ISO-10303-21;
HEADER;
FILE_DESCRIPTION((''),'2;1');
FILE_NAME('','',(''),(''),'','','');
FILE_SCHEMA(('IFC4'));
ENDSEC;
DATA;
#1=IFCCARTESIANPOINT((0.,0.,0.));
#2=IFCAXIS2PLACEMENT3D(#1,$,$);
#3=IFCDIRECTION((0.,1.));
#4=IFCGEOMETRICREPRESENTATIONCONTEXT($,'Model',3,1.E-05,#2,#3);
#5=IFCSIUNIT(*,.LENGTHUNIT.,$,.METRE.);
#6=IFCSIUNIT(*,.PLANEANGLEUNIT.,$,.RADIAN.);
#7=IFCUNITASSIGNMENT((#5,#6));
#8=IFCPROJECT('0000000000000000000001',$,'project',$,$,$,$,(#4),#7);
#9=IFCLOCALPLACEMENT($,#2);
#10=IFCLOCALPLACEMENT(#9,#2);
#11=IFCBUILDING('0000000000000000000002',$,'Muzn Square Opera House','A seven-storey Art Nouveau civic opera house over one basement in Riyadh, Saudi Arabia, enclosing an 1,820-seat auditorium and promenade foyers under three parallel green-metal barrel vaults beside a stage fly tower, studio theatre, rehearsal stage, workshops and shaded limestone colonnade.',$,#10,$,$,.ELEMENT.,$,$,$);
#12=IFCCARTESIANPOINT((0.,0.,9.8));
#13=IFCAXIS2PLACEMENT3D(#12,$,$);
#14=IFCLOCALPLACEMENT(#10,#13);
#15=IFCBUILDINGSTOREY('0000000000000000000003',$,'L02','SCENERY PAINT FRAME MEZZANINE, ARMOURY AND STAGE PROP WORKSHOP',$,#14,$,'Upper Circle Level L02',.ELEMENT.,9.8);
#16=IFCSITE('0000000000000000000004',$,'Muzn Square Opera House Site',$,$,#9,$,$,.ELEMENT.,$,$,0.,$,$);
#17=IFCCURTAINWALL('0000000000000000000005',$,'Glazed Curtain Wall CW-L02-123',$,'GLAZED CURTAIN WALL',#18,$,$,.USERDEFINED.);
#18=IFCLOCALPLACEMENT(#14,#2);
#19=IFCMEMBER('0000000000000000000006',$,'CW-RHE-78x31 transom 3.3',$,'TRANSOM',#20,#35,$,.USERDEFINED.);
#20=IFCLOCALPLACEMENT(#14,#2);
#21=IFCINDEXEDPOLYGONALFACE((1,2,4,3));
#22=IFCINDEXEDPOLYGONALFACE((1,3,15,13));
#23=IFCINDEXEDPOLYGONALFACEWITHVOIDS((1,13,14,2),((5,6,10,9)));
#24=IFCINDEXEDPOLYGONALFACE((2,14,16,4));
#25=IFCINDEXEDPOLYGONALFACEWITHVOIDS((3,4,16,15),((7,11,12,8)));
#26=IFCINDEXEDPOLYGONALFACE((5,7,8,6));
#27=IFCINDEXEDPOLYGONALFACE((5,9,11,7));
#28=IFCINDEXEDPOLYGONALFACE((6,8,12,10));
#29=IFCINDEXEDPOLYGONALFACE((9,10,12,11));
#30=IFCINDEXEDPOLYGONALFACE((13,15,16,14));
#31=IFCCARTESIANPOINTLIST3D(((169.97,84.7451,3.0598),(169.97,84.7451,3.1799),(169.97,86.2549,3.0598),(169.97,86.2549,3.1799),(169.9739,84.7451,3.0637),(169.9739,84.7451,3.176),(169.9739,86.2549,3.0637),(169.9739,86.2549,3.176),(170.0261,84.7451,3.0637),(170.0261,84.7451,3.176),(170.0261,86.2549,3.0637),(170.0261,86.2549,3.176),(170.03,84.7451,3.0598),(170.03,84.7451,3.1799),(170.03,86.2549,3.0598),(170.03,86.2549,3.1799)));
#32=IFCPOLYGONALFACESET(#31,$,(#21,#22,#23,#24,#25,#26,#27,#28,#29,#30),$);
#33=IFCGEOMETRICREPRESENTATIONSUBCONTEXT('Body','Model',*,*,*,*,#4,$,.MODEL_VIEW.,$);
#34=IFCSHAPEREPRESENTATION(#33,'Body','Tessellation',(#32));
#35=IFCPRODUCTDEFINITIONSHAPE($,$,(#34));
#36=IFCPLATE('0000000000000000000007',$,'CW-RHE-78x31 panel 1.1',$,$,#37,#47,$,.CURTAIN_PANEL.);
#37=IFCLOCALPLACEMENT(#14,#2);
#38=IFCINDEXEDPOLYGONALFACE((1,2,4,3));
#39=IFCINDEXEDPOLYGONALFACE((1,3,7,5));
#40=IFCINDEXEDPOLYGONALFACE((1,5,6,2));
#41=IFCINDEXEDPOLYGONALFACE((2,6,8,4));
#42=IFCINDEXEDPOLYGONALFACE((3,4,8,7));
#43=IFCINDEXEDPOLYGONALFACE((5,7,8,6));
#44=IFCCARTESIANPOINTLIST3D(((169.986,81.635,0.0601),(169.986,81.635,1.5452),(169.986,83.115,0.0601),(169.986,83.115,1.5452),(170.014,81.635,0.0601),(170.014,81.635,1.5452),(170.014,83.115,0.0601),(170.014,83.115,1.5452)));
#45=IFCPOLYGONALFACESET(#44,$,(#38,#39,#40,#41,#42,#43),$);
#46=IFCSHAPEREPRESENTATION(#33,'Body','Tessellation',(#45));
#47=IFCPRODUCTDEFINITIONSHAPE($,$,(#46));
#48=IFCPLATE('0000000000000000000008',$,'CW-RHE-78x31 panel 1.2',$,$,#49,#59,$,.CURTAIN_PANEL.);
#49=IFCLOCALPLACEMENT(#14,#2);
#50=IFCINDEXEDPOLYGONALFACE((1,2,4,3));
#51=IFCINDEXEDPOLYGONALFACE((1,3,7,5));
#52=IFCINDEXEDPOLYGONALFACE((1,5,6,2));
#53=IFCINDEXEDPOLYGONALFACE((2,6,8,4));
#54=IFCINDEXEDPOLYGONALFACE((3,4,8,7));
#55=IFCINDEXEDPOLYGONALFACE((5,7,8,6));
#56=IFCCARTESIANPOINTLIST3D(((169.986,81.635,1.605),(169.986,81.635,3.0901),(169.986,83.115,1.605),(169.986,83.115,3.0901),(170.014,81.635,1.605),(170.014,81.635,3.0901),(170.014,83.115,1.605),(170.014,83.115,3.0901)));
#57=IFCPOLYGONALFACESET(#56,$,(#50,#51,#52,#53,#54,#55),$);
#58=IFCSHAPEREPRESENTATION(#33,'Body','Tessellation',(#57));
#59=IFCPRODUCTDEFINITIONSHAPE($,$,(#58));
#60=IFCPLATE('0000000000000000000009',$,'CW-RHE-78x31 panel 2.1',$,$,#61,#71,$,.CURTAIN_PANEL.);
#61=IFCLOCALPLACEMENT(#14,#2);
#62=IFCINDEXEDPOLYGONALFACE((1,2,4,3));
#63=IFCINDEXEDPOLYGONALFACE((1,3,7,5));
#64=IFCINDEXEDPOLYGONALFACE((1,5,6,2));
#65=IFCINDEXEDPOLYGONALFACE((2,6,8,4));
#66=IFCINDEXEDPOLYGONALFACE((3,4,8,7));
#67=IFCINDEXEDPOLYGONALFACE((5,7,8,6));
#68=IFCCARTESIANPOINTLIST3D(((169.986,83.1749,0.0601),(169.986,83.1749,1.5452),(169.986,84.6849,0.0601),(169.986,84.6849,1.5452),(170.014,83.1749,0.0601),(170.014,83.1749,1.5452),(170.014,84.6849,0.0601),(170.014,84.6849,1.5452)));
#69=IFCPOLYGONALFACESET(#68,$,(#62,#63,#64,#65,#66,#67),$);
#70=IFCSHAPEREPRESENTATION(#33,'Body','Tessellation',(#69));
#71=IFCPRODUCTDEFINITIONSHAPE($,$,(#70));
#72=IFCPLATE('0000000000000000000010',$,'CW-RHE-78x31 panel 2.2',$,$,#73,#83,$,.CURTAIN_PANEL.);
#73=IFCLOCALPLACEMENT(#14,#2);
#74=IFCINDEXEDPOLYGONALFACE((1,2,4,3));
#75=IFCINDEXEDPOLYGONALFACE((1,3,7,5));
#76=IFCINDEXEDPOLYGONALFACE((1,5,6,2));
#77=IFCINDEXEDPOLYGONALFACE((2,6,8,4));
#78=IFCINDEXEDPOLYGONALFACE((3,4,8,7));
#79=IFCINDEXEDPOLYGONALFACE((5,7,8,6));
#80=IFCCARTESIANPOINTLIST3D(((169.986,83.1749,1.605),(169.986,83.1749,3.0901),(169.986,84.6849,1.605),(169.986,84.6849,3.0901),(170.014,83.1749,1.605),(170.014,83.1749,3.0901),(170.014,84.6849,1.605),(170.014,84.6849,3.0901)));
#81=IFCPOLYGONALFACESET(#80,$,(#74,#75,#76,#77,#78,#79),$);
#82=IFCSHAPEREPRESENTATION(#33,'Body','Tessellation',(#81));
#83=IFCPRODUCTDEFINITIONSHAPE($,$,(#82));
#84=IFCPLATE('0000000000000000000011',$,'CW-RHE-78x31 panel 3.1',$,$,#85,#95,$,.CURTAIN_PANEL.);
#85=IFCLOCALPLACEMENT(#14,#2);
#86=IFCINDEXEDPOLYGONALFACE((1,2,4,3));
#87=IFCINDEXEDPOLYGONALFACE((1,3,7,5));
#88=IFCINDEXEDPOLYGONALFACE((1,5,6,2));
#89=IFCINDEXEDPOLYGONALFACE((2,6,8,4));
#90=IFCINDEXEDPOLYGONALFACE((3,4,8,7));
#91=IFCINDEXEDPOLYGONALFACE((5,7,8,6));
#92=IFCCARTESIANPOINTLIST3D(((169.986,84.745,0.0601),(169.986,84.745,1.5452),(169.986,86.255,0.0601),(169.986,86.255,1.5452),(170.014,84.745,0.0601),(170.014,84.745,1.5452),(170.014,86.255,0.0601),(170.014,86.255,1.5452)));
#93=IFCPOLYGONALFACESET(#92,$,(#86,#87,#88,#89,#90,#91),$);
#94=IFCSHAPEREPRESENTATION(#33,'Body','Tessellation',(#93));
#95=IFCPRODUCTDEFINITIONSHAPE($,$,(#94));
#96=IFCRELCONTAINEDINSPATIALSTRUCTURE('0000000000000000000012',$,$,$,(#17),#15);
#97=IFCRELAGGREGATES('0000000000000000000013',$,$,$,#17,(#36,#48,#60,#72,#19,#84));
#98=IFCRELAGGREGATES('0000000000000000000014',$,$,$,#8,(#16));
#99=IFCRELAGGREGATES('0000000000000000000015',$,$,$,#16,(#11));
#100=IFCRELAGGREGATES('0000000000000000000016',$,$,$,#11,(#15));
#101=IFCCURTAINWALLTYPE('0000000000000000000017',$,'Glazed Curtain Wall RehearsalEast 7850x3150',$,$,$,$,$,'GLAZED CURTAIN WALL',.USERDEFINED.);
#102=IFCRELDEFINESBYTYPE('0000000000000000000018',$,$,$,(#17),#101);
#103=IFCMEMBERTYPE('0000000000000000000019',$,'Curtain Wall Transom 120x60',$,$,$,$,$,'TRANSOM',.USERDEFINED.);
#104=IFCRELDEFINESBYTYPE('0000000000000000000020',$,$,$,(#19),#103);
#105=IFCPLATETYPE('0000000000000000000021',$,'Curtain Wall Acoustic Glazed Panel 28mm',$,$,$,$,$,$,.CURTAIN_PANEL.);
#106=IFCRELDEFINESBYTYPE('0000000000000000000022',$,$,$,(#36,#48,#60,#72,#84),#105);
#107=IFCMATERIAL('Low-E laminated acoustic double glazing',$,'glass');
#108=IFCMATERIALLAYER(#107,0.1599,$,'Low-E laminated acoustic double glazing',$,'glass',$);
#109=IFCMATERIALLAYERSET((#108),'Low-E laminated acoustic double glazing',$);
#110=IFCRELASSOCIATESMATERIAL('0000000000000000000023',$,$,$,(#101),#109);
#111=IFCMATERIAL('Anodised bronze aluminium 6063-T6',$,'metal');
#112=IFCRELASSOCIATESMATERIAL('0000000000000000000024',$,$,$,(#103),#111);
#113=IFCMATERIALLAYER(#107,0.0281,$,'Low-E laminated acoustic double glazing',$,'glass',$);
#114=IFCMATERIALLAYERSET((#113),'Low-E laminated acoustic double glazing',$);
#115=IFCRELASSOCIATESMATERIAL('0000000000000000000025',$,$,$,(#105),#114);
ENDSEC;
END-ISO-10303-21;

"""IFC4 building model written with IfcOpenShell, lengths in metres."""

from ifc_helpers import new_model, si_unit, direction, frame, origin, origin_2d, place, context, subcontext, project, spatial, rectangle, hollow_rectangle, extrude, material, layer, layer_set, material_profile, profile_set, type_object, element, aggregate, save


model = new_model("IFC4")

# Units and contexts
model_context = context("Model", 3, precision=1e-05, world=origin(), true_north=direction((0.0, 1.0)))
body_context = subcontext(model_context, "Body", "Model", "MODEL_VIEW")
ifc_project = project(units=[si_unit("LENGTHUNIT", "METRE"), si_unit("PLANEANGLEUNIT", "RADIAN")], contexts=[model_context])

# Site, building, storey
site_placement = place(None, origin())
site = spatial("IfcSite", under=ifc_project, at=site_placement, Name="Muzn Square Opera House Site", CompositionType="ELEMENT", RefElevation=0.0)
building_placement = place(site_placement, origin())
building = spatial("IfcBuilding", under=site, at=building_placement, Name="Muzn Square Opera House", Description="A seven-storey Art Nouveau civic opera house over one basement in Riyadh, Saudi Arabia, enclosing an 1,820-seat auditorium and promenade foyers under three parallel green-metal barrel vaults beside a stage fly tower, studio theatre, rehearsal stage, workshops and shaded limestone colonnade.", CompositionType="ELEMENT")
storey_placement = place(building_placement, frame((0.0, 0.0, 9.8)))
storey = spatial("IfcBuildingStorey", under=building, at=storey_placement, Name="L02", Description="SCENERY PAINT FRAME MEZZANINE, ARMOURY AND STAGE PROP WORKSHOP", LongName="Upper Circle Level L02", CompositionType="ELEMENT", Elevation=9.8)

# Curtain wall, member, plates
ifc_material_1 = material(Name="Low-E laminated acoustic double glazing", Category="glass")
ifc_layer_1 = layer(ifc_material_1, 0.1599, Name="Low-E laminated acoustic double glazing", Category="glass")
ifc_layer_set_1 = layer_set([ifc_layer_1], Name="Low-E laminated acoustic double glazing")
curtain_wall_type = type_object("IfcCurtainWallType", Name="Glazed Curtain Wall RehearsalEast 7850x3150", ElementType="GLAZED CURTAIN WALL", PredefinedType="USERDEFINED", material=ifc_layer_set_1)
curtain_wall_placement = place(storey_placement, origin())
curtain_wall = element("IfcCurtainWall", 1, at=curtain_wall_placement, inside=storey, type_object=curtain_wall_type, Name="Glazed Curtain Wall CW-L02-123", ObjectType="GLAZED CURTAIN WALL", PredefinedType="USERDEFINED")
ifc_material_2 = material(Name="Anodised bronze aluminium 6063-T6", Category="metal")
ifc_material_profile_1 = material_profile(ifc_material_2, hollow_rectangle(XDim=0.0601, YDim=0.1201, WallThickness=0.0039, at=origin_2d()), Name="ALU 120x60x4", Category="metal")
ifc_profile_set_1 = profile_set([ifc_material_profile_1], Name="Anodised bronze aluminium 6063-T6")
member_type_1 = type_object("IfcMemberType", Name="Curtain Wall Transom 120x60", ElementType="TRANSOM", PredefinedType="USERDEFINED", material=ifc_profile_set_1)
member_1_placement = place(storey_placement, frame((170.0, 84.7451, 3.1199), z_axis=(0.0, 1.0, 0.0), x_axis=(-1.0, 0.0, 0.0)))
member_1 = element("IfcMember", 2, at=member_1_placement, type_object=member_type_1, Name="CW-RHE-78x31 transom 3.3", ObjectType="TRANSOM", PredefinedType="USERDEFINED", context=body_context, shape_type="SweptSolid", body=[
    extrude(hollow_rectangle(XDim=0.0601, YDim=0.1201, WallThickness=0.0039, at=origin_2d()), origin(), (0.0, 0.0, 1.0), 1.5098),
])
ifc_layer_2 = layer(ifc_material_1, 0.0281, Name="Low-E laminated acoustic double glazing", Category="glass")
ifc_layer_set_2 = layer_set([ifc_layer_2], Name="Low-E laminated acoustic double glazing")
plate_type = type_object("IfcPlateType", Name="Curtain Wall Acoustic Glazed Panel 28mm", PredefinedType="CURTAIN_PANEL", material=ifc_layer_set_2)
plate_1_placement = place(storey_placement, frame((170.0, 82.375, 0.0601), z_axis=(0.0, 0.0, 1.0), x_axis=(0.0, 1.0, 0.0)))
plate_1 = element("IfcPlate", 3, at=plate_1_placement, type_object=plate_type, Name="CW-RHE-78x31 panel 1.1", PredefinedType="CURTAIN_PANEL", context=body_context, shape_type="SweptSolid", body=[
    extrude(rectangle(XDim=1.48, YDim=0.0281, at=origin_2d()), origin(), (0.0, 0.0, 1.0), 1.4851),
])
plate_2_placement = place(storey_placement, frame((170.0, 82.375, 1.605), z_axis=(0.0, 0.0, 1.0), x_axis=(0.0, 1.0, 0.0)))
plate_2 = element("IfcPlate", 4, at=plate_2_placement, type_object=plate_type, Name="CW-RHE-78x31 panel 1.2", PredefinedType="CURTAIN_PANEL", context=body_context, shape_type="SweptSolid", body=[
    extrude(rectangle(XDim=1.48, YDim=0.0281, at=origin_2d()), origin(), (0.0, 0.0, 1.0), 1.4851),
])
plate_3_placement = place(storey_placement, frame((170.0, 83.9299, 0.0601), z_axis=(0.0, 0.0, 1.0), x_axis=(0.0, 1.0, 0.0)))
plate_3 = element("IfcPlate", 5, at=plate_3_placement, type_object=plate_type, Name="CW-RHE-78x31 panel 2.1", PredefinedType="CURTAIN_PANEL", context=body_context, shape_type="SweptSolid", body=[
    extrude(rectangle(XDim=1.51, YDim=0.0281, at=origin_2d()), origin(), (0.0, 0.0, 1.0), 1.4851),
])
plate_4_placement = place(storey_placement, frame((170.0, 83.9299, 1.605), z_axis=(0.0, 0.0, 1.0), x_axis=(0.0, 1.0, 0.0)))
plate_4 = element("IfcPlate", 6, at=plate_4_placement, type_object=plate_type, Name="CW-RHE-78x31 panel 2.2", PredefinedType="CURTAIN_PANEL", context=body_context, shape_type="SweptSolid", body=[
    extrude(rectangle(XDim=1.51, YDim=0.0281, at=origin_2d()), origin(), (0.0, 0.0, 1.0), 1.4851),
])
plate_5_placement = place(storey_placement, frame((170.0, 85.5, 0.0601), z_axis=(0.0, 0.0, 1.0), x_axis=(0.0, 1.0, 0.0)))
plate_5 = element("IfcPlate", 7, at=plate_5_placement, type_object=plate_type, Name="CW-RHE-78x31 panel 3.1", PredefinedType="CURTAIN_PANEL", context=body_context, shape_type="SweptSolid", body=[
    extrude(rectangle(XDim=1.51, YDim=0.0281, at=origin_2d()), origin(), (0.0, 0.0, 1.0), 1.4851),
])
aggregate(curtain_wall, [plate_1, plate_2, plate_3, plate_4, member_1, plate_5])

save(model, "model.ifc")
